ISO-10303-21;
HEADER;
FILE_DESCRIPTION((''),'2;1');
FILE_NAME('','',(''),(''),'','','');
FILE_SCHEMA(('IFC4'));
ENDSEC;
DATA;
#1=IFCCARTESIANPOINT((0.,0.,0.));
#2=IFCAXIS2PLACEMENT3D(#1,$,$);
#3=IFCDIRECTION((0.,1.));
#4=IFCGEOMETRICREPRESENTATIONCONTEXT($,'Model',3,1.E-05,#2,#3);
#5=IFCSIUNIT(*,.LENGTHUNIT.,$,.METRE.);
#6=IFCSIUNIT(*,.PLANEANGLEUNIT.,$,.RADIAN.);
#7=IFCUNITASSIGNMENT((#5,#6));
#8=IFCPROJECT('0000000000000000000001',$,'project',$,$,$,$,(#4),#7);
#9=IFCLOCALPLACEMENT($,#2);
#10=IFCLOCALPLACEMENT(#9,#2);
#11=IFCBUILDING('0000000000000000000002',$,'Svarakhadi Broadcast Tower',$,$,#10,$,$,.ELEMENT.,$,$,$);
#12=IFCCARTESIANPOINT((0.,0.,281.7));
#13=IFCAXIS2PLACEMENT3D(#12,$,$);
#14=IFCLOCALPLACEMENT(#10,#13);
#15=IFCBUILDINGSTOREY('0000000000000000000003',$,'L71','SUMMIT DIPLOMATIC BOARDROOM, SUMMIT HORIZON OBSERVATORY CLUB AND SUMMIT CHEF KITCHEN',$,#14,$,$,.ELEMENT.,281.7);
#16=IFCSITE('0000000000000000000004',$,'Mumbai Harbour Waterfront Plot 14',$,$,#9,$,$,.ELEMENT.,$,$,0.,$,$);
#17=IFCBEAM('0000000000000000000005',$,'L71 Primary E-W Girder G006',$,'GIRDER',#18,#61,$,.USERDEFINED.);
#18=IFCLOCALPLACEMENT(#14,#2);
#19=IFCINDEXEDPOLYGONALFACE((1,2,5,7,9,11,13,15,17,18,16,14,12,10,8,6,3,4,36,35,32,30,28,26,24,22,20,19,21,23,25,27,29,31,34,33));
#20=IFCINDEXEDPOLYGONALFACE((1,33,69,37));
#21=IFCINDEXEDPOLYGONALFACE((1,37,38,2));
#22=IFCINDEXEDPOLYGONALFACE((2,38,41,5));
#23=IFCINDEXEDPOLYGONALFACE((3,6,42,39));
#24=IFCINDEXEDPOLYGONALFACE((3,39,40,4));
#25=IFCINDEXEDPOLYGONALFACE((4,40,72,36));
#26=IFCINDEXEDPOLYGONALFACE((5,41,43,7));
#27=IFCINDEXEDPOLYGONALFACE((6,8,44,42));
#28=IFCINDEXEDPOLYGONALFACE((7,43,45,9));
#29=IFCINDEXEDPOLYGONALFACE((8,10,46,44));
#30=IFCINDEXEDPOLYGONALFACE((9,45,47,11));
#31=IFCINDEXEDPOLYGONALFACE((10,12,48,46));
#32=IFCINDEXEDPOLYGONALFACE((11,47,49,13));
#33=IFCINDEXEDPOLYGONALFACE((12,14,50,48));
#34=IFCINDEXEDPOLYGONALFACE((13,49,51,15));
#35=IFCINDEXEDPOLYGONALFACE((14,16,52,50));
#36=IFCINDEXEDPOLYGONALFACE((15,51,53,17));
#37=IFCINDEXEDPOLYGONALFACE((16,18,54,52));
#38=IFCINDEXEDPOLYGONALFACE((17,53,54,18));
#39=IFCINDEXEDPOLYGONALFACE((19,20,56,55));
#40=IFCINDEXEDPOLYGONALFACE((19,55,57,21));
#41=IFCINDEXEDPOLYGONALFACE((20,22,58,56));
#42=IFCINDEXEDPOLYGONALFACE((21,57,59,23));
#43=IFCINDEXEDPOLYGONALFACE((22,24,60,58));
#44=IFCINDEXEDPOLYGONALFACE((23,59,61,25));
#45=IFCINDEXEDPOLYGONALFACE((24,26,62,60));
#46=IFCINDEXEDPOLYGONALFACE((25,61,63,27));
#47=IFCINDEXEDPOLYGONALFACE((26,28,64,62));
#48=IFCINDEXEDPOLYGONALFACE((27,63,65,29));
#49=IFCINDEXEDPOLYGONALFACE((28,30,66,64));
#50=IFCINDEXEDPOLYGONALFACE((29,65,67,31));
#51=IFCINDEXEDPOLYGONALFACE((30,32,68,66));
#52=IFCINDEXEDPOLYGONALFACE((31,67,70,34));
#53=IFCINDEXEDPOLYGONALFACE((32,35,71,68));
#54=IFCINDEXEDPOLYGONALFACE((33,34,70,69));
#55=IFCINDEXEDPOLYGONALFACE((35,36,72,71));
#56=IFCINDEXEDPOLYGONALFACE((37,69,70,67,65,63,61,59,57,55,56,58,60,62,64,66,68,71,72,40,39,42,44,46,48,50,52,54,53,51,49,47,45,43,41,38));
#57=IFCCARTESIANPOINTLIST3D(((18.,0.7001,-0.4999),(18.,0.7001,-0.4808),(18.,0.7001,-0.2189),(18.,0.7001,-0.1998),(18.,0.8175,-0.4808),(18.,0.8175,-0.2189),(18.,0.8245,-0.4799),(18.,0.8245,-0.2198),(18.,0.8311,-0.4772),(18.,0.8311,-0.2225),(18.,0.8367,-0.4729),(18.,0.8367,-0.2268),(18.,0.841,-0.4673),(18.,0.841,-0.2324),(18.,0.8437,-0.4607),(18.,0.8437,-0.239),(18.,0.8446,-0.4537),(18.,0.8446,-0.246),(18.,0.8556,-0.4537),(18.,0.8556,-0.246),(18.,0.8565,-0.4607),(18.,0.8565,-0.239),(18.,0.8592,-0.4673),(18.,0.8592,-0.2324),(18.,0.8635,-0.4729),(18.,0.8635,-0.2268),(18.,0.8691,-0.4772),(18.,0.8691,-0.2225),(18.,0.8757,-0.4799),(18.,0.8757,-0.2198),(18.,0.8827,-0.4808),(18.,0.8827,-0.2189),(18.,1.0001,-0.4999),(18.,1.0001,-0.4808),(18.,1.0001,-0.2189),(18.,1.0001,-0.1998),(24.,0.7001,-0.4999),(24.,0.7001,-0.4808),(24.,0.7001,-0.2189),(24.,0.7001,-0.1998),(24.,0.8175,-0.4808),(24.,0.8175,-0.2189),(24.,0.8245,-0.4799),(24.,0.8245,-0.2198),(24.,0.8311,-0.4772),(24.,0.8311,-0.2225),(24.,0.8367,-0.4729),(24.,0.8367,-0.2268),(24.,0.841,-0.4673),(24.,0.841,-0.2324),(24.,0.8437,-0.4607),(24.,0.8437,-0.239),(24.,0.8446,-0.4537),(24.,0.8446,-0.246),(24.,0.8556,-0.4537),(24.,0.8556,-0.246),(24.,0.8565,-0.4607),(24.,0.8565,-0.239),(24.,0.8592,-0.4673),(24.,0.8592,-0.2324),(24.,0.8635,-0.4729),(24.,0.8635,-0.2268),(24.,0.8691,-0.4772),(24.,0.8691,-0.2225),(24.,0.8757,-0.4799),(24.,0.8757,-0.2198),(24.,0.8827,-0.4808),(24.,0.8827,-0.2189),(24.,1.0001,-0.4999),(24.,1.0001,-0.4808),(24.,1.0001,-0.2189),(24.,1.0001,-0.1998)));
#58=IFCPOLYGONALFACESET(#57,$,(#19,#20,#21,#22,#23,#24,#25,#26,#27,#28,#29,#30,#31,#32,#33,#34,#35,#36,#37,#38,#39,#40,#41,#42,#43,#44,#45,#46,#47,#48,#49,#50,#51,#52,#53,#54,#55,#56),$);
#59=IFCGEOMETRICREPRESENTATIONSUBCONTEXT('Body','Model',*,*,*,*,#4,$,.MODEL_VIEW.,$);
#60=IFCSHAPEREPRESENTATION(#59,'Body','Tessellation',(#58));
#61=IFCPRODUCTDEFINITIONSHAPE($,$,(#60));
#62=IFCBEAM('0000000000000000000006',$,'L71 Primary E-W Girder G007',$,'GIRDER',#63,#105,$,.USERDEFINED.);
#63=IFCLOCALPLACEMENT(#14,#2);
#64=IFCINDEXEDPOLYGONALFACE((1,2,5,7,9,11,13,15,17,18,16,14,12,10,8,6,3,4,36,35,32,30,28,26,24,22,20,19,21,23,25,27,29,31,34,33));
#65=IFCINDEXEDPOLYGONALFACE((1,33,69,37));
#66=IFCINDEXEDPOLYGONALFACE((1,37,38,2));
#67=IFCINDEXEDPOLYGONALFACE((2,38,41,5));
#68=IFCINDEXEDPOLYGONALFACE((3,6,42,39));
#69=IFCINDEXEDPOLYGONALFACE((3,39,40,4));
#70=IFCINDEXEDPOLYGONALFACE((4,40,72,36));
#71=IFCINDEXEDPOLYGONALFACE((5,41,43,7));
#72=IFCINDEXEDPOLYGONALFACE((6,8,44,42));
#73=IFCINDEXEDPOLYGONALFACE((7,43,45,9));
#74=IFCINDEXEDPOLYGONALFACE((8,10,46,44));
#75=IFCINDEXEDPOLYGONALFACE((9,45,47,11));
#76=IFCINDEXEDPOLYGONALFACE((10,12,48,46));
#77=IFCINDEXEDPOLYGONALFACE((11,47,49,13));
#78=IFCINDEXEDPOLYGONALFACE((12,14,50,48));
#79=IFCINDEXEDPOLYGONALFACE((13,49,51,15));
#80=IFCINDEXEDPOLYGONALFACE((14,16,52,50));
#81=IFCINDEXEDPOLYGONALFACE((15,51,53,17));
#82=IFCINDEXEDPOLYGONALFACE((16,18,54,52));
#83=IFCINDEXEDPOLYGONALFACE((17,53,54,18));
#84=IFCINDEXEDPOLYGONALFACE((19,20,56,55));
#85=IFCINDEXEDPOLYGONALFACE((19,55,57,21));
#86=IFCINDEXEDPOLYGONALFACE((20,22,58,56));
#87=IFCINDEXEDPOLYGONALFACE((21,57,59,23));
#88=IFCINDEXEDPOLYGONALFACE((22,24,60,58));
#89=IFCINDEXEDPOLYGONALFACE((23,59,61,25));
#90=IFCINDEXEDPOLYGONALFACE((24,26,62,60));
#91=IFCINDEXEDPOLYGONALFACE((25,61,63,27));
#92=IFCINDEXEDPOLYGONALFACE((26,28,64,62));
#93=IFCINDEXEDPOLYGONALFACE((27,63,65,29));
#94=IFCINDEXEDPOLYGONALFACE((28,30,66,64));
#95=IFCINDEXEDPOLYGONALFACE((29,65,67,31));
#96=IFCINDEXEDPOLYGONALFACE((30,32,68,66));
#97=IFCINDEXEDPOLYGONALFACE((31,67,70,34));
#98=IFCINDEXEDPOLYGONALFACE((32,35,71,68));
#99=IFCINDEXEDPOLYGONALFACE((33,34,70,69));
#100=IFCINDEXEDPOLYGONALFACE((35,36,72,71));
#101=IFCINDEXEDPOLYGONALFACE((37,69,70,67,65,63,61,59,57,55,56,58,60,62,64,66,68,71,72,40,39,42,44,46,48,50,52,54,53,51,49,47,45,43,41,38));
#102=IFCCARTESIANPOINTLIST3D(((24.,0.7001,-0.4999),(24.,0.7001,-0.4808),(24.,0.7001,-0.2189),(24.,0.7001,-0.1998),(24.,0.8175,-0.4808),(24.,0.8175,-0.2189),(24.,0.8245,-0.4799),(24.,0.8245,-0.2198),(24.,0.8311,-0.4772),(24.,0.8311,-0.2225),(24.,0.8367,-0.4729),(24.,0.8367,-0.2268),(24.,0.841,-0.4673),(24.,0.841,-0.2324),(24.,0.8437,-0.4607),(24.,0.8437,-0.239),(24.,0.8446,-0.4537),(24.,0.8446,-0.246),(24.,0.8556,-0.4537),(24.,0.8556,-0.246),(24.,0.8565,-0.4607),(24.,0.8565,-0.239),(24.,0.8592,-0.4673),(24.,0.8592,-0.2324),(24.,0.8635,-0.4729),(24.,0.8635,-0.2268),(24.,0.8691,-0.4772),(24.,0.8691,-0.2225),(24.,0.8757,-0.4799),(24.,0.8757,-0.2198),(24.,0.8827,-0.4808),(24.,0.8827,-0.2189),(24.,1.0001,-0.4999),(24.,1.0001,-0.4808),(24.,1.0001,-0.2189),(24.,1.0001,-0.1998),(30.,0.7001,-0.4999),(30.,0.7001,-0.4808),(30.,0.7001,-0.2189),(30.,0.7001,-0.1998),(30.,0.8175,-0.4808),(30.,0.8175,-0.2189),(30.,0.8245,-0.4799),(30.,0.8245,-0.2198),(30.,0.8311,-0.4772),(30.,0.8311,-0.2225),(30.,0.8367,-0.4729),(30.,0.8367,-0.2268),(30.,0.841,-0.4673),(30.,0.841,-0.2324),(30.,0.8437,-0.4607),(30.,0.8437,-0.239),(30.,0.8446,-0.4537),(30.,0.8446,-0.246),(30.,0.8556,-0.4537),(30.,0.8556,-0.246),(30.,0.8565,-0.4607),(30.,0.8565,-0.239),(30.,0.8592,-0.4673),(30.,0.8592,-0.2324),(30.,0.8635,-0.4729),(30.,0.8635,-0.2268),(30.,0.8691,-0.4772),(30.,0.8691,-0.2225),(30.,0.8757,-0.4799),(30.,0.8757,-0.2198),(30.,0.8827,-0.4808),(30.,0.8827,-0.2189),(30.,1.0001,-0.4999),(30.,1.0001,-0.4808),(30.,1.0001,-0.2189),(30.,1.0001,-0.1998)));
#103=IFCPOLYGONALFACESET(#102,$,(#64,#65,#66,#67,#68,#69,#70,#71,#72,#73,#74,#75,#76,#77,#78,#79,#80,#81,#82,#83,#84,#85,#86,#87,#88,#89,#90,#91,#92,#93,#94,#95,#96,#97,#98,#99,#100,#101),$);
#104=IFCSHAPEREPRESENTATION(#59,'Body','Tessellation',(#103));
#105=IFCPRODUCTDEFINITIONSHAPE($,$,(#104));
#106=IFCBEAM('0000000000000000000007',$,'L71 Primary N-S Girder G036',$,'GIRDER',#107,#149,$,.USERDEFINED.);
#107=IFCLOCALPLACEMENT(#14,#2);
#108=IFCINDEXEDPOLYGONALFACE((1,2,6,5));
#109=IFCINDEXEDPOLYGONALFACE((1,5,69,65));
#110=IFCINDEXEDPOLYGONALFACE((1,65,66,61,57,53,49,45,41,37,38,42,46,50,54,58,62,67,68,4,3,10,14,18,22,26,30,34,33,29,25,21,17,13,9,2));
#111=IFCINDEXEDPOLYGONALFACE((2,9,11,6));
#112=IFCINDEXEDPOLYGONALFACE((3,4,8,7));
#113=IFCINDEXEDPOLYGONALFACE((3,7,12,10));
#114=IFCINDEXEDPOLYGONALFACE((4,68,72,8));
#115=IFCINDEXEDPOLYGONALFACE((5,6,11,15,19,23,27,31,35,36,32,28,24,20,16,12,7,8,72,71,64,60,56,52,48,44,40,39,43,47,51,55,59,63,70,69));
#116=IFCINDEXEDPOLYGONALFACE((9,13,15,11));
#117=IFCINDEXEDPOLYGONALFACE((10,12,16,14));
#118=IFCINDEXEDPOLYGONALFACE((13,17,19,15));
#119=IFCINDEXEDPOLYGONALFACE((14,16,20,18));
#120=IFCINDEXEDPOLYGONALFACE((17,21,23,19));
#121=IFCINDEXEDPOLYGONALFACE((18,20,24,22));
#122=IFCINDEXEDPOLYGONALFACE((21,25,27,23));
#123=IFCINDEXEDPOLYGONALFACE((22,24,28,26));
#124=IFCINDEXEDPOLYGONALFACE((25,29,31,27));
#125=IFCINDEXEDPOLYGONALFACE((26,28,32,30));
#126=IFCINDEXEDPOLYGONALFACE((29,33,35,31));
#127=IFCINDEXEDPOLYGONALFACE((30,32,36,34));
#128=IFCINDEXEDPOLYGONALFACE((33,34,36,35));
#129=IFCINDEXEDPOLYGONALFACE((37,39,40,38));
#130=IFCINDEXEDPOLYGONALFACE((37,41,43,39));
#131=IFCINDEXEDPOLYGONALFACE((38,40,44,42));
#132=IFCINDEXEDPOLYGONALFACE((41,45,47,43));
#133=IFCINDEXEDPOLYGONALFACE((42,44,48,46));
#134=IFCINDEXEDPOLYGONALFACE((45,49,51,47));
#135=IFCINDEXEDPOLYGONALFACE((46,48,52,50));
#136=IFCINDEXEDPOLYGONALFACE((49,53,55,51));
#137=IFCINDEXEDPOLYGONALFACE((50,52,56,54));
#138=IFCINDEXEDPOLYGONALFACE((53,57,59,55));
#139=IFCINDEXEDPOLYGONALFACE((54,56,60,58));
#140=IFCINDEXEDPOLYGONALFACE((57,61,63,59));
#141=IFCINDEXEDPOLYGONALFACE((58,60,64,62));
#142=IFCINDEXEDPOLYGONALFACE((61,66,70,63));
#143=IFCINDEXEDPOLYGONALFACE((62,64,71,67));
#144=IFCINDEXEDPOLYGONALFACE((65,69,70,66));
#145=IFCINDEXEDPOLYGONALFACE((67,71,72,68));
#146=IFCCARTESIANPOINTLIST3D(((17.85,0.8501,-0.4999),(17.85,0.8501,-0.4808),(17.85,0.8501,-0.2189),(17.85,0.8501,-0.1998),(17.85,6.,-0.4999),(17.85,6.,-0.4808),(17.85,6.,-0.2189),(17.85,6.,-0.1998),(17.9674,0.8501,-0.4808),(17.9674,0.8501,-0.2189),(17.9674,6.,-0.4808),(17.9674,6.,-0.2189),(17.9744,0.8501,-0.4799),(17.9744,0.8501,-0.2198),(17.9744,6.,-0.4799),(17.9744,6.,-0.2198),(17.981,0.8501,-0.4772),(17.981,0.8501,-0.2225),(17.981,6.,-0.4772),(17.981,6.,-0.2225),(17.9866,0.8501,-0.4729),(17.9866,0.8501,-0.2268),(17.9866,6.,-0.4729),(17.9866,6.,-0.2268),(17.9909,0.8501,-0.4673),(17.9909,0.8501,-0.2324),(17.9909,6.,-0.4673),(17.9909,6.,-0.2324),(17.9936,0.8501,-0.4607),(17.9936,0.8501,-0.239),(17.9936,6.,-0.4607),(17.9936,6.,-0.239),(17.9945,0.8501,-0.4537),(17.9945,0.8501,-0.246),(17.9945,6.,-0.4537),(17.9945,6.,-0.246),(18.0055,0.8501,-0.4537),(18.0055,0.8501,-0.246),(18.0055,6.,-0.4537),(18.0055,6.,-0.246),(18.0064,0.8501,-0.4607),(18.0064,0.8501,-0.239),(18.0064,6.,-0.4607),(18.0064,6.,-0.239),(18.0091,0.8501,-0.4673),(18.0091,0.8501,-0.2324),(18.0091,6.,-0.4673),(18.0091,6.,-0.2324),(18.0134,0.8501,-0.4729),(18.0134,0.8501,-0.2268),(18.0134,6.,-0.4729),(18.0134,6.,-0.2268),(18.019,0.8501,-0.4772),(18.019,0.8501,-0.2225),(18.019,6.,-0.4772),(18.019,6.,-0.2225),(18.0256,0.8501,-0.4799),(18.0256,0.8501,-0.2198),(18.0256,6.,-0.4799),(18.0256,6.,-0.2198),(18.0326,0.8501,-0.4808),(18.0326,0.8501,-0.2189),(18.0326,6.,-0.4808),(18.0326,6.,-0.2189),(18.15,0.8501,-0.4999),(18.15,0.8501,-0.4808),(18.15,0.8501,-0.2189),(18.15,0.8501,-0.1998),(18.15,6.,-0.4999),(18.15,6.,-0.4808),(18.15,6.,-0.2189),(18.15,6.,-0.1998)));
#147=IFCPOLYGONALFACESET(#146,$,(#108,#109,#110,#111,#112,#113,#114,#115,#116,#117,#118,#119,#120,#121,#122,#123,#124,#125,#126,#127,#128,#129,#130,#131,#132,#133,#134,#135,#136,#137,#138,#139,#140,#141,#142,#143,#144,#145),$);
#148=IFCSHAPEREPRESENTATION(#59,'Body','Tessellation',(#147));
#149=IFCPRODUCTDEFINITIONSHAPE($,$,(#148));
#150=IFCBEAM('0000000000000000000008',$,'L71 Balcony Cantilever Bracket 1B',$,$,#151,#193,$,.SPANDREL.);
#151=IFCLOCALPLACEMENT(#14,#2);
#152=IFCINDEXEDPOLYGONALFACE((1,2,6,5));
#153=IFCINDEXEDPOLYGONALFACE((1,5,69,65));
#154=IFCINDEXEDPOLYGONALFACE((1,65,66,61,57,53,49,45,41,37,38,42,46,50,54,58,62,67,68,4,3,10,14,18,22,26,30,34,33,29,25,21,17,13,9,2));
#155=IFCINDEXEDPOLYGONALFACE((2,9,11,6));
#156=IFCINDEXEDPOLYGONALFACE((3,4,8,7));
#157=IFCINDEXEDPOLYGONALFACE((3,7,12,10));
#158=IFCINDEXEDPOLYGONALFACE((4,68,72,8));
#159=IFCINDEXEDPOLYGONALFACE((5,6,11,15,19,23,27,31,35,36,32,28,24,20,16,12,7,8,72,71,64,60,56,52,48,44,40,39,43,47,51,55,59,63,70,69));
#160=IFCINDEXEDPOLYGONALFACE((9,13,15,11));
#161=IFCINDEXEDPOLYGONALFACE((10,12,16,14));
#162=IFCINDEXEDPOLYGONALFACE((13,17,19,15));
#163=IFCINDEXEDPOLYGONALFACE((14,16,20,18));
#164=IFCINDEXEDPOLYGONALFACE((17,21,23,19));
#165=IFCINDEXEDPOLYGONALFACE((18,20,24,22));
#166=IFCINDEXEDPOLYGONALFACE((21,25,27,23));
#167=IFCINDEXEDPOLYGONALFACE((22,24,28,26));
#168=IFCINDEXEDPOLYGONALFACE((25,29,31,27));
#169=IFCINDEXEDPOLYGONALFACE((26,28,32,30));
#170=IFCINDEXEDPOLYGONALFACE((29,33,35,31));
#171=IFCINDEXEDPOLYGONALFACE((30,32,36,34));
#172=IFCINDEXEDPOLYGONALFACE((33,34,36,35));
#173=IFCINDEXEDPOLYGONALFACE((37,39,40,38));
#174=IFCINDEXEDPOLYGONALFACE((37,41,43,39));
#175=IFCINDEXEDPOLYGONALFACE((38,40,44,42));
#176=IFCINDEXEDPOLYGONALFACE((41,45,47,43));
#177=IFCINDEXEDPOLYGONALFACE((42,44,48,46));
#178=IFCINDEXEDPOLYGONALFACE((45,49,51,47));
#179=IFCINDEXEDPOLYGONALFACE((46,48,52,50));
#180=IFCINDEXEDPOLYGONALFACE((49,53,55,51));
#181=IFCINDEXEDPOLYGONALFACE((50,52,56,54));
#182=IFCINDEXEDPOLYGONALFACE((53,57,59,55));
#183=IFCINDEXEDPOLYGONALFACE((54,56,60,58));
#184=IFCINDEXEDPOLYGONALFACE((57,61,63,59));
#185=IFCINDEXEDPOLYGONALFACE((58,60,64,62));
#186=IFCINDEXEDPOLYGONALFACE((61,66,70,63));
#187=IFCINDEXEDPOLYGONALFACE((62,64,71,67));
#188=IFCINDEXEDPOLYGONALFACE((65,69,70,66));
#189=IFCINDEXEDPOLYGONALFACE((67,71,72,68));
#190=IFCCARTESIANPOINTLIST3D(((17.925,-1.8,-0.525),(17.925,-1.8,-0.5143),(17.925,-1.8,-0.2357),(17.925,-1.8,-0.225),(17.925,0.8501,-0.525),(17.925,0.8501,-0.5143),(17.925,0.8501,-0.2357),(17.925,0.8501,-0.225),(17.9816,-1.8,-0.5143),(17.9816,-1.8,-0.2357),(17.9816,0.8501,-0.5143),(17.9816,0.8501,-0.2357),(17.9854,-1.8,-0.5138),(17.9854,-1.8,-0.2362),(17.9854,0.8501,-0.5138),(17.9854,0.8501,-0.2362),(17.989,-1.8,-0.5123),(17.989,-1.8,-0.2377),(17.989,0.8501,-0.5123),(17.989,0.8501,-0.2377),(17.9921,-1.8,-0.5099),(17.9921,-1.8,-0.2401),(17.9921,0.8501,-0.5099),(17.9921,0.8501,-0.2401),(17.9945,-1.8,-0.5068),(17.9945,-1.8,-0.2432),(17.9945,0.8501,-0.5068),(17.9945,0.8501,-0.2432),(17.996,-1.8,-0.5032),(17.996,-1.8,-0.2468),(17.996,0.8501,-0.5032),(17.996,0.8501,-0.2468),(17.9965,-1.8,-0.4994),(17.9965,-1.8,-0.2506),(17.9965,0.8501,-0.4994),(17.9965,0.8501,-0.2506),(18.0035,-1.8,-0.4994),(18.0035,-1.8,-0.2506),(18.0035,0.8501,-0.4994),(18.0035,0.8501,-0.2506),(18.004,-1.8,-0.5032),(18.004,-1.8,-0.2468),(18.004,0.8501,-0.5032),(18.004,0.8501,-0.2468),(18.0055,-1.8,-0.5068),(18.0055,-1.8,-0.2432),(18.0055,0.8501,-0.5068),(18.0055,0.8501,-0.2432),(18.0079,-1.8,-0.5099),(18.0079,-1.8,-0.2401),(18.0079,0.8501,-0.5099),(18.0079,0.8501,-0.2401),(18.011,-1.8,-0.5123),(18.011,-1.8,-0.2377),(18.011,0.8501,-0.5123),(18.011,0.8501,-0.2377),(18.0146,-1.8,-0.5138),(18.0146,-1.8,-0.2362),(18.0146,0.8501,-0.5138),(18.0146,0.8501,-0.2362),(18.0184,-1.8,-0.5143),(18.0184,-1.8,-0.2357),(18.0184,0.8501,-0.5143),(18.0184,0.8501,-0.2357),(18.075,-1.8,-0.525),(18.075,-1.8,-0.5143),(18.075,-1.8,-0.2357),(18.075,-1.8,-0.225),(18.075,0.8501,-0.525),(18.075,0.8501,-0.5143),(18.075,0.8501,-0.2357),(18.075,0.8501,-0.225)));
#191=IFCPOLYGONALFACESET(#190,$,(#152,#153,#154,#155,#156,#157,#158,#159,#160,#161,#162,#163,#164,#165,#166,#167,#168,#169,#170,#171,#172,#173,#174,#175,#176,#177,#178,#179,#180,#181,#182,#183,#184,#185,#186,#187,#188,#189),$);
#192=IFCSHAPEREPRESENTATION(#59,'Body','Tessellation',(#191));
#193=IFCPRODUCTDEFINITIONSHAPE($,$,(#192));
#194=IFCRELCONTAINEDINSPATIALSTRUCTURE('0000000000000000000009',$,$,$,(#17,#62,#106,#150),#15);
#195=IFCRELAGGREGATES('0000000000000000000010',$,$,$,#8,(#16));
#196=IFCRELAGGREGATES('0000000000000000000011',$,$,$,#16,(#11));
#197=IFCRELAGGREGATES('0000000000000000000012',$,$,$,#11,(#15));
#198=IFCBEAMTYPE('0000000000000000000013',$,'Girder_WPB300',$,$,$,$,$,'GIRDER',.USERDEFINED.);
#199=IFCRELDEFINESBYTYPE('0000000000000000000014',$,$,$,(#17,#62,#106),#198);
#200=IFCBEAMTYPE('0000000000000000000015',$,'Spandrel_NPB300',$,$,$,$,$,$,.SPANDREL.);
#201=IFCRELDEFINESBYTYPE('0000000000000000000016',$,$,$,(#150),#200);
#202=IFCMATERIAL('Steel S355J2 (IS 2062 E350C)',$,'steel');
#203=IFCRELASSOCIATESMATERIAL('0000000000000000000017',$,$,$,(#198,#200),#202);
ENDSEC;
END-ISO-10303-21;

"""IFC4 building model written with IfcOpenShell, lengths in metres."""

from ifc_helpers import new_model, si_unit, direction, frame, origin, origin_2d, place, context, subcontext, project, spatial, i_section, extrude, material, material_profile, profile_set, type_object, element, save


model = new_model("IFC4")

# Units and contexts
model_context = context("Model", 3, precision=1e-05, world=origin(), true_north=direction((0.0, 1.0)))
body_context = subcontext(model_context, "Body", "Model", "MODEL_VIEW")
ifc_project = project(units=[si_unit("LENGTHUNIT", "METRE"), si_unit("PLANEANGLEUNIT", "RADIAN")], contexts=[model_context])

# Site, building, storey
site_placement = place(None, origin())
site = spatial("IfcSite", under=ifc_project, at=site_placement, Name="Mumbai Harbour Waterfront Plot 14", CompositionType="ELEMENT", RefElevation=0.0)
building_placement = place(site_placement, origin())
building = spatial("IfcBuilding", under=site, at=building_placement, Name="Svarakhadi Broadcast Tower", CompositionType="ELEMENT")
storey_placement = place(building_placement, frame((0.0, 0.0, 281.7)))
storey = spatial("IfcBuildingStorey", under=building, at=storey_placement, Name="L71", Description="SUMMIT DIPLOMATIC BOARDROOM, SUMMIT HORIZON OBSERVATORY CLUB AND SUMMIT CHEF KITCHEN", CompositionType="ELEMENT", Elevation=281.7)

# Beams
ifc_material_1 = material(Name="Steel S355J2 (IS 2062 E350C)", Category="steel")
ifc_material_profile_1 = material_profile(ifc_material_1, i_section(OverallWidth=0.3, OverallDepth=0.3, WebThickness=0.011, FlangeThickness=0.019, FilletRadius=0.0271, at=origin_2d()), Name="WPB 300x300x117")
ifc_profile_set_1 = profile_set([ifc_material_profile_1], Name="Steel S355J2 (IS 2062 E350C)")
beam_type_1 = type_object("IfcBeamType", Name="Girder_WPB300", ElementType="GIRDER", PredefinedType="USERDEFINED", material=ifc_profile_set_1)
for number, where, z_axis, x_axis, name in (
    (1, (18.0, 0.8501, -0.3499), (1.0, 0.0, 0.0), (0.0, 1.0, 0.0), "L71 Primary E-W Girder G006"),
    (2, (24.0, 0.8501, -0.3499), (1.0, 0.0, 0.0), (0.0, 1.0, 0.0), "L71 Primary E-W Girder G007"),
):
    element("IfcBeam", number, at=place(storey_placement, frame(where, z_axis=z_axis, x_axis=x_axis)), inside=storey, type_object=beam_type_1, Name=name, ObjectType="GIRDER", PredefinedType="USERDEFINED", context=body_context, shape_type="SweptSolid", body=[
        extrude(i_section(OverallWidth=0.3, OverallDepth=0.3, WebThickness=0.011, FlangeThickness=0.019, FilletRadius=0.0271, at=origin_2d()), origin(), (0.0, 0.0, 1.0), 6.0),
    ])
beam_1_placement = place(storey_placement, frame((18.0, 0.8501, -0.3499), z_axis=(0.0, 1.0, 0.0), x_axis=(-1.0, 0.0, 0.0)))
element("IfcBeam", 3, at=beam_1_placement, inside=storey, type_object=beam_type_1, Name="L71 Primary N-S Girder G036", ObjectType="GIRDER", PredefinedType="USERDEFINED", context=body_context, shape_type="SweptSolid", body=[
    extrude(i_section(OverallWidth=0.3, OverallDepth=0.3, WebThickness=0.011, FlangeThickness=0.019, FilletRadius=0.0271, at=origin_2d()), origin(), (0.0, 0.0, 1.0), 5.1499),
])
ifc_material_profile_2 = material_profile(ifc_material_1, i_section(OverallWidth=0.1499, OverallDepth=0.3, WebThickness=0.0071, FlangeThickness=0.0107, FilletRadius=0.0149, at=origin_2d()), Name="NPB 300x150x37")
ifc_profile_set_2 = profile_set([ifc_material_profile_2], Name="Steel S355J2 (IS 2062 E350C)")
beam_type_2 = type_object("IfcBeamType", Name="Spandrel_NPB300", PredefinedType="SPANDREL", material=ifc_profile_set_2)
beam_2_placement = place(storey_placement, frame((18.0, 0.8501, -0.375), z_axis=(0.0, -1.0, 0.0), x_axis=(1.0, 0.0, 0.0)))
element("IfcBeam", 4, at=beam_2_placement, inside=storey, type_object=beam_type_2, Name="L71 Balcony Cantilever Bracket 1B", PredefinedType="SPANDREL", context=body_context, shape_type="SweptSolid", body=[
    extrude(i_section(OverallWidth=0.1499, OverallDepth=0.3, WebThickness=0.0071, FlangeThickness=0.0107, FilletRadius=0.0149, at=origin_2d()), origin(), (0.0, 0.0, 1.0), 2.6501),
])

save(model, "model.ifc")
